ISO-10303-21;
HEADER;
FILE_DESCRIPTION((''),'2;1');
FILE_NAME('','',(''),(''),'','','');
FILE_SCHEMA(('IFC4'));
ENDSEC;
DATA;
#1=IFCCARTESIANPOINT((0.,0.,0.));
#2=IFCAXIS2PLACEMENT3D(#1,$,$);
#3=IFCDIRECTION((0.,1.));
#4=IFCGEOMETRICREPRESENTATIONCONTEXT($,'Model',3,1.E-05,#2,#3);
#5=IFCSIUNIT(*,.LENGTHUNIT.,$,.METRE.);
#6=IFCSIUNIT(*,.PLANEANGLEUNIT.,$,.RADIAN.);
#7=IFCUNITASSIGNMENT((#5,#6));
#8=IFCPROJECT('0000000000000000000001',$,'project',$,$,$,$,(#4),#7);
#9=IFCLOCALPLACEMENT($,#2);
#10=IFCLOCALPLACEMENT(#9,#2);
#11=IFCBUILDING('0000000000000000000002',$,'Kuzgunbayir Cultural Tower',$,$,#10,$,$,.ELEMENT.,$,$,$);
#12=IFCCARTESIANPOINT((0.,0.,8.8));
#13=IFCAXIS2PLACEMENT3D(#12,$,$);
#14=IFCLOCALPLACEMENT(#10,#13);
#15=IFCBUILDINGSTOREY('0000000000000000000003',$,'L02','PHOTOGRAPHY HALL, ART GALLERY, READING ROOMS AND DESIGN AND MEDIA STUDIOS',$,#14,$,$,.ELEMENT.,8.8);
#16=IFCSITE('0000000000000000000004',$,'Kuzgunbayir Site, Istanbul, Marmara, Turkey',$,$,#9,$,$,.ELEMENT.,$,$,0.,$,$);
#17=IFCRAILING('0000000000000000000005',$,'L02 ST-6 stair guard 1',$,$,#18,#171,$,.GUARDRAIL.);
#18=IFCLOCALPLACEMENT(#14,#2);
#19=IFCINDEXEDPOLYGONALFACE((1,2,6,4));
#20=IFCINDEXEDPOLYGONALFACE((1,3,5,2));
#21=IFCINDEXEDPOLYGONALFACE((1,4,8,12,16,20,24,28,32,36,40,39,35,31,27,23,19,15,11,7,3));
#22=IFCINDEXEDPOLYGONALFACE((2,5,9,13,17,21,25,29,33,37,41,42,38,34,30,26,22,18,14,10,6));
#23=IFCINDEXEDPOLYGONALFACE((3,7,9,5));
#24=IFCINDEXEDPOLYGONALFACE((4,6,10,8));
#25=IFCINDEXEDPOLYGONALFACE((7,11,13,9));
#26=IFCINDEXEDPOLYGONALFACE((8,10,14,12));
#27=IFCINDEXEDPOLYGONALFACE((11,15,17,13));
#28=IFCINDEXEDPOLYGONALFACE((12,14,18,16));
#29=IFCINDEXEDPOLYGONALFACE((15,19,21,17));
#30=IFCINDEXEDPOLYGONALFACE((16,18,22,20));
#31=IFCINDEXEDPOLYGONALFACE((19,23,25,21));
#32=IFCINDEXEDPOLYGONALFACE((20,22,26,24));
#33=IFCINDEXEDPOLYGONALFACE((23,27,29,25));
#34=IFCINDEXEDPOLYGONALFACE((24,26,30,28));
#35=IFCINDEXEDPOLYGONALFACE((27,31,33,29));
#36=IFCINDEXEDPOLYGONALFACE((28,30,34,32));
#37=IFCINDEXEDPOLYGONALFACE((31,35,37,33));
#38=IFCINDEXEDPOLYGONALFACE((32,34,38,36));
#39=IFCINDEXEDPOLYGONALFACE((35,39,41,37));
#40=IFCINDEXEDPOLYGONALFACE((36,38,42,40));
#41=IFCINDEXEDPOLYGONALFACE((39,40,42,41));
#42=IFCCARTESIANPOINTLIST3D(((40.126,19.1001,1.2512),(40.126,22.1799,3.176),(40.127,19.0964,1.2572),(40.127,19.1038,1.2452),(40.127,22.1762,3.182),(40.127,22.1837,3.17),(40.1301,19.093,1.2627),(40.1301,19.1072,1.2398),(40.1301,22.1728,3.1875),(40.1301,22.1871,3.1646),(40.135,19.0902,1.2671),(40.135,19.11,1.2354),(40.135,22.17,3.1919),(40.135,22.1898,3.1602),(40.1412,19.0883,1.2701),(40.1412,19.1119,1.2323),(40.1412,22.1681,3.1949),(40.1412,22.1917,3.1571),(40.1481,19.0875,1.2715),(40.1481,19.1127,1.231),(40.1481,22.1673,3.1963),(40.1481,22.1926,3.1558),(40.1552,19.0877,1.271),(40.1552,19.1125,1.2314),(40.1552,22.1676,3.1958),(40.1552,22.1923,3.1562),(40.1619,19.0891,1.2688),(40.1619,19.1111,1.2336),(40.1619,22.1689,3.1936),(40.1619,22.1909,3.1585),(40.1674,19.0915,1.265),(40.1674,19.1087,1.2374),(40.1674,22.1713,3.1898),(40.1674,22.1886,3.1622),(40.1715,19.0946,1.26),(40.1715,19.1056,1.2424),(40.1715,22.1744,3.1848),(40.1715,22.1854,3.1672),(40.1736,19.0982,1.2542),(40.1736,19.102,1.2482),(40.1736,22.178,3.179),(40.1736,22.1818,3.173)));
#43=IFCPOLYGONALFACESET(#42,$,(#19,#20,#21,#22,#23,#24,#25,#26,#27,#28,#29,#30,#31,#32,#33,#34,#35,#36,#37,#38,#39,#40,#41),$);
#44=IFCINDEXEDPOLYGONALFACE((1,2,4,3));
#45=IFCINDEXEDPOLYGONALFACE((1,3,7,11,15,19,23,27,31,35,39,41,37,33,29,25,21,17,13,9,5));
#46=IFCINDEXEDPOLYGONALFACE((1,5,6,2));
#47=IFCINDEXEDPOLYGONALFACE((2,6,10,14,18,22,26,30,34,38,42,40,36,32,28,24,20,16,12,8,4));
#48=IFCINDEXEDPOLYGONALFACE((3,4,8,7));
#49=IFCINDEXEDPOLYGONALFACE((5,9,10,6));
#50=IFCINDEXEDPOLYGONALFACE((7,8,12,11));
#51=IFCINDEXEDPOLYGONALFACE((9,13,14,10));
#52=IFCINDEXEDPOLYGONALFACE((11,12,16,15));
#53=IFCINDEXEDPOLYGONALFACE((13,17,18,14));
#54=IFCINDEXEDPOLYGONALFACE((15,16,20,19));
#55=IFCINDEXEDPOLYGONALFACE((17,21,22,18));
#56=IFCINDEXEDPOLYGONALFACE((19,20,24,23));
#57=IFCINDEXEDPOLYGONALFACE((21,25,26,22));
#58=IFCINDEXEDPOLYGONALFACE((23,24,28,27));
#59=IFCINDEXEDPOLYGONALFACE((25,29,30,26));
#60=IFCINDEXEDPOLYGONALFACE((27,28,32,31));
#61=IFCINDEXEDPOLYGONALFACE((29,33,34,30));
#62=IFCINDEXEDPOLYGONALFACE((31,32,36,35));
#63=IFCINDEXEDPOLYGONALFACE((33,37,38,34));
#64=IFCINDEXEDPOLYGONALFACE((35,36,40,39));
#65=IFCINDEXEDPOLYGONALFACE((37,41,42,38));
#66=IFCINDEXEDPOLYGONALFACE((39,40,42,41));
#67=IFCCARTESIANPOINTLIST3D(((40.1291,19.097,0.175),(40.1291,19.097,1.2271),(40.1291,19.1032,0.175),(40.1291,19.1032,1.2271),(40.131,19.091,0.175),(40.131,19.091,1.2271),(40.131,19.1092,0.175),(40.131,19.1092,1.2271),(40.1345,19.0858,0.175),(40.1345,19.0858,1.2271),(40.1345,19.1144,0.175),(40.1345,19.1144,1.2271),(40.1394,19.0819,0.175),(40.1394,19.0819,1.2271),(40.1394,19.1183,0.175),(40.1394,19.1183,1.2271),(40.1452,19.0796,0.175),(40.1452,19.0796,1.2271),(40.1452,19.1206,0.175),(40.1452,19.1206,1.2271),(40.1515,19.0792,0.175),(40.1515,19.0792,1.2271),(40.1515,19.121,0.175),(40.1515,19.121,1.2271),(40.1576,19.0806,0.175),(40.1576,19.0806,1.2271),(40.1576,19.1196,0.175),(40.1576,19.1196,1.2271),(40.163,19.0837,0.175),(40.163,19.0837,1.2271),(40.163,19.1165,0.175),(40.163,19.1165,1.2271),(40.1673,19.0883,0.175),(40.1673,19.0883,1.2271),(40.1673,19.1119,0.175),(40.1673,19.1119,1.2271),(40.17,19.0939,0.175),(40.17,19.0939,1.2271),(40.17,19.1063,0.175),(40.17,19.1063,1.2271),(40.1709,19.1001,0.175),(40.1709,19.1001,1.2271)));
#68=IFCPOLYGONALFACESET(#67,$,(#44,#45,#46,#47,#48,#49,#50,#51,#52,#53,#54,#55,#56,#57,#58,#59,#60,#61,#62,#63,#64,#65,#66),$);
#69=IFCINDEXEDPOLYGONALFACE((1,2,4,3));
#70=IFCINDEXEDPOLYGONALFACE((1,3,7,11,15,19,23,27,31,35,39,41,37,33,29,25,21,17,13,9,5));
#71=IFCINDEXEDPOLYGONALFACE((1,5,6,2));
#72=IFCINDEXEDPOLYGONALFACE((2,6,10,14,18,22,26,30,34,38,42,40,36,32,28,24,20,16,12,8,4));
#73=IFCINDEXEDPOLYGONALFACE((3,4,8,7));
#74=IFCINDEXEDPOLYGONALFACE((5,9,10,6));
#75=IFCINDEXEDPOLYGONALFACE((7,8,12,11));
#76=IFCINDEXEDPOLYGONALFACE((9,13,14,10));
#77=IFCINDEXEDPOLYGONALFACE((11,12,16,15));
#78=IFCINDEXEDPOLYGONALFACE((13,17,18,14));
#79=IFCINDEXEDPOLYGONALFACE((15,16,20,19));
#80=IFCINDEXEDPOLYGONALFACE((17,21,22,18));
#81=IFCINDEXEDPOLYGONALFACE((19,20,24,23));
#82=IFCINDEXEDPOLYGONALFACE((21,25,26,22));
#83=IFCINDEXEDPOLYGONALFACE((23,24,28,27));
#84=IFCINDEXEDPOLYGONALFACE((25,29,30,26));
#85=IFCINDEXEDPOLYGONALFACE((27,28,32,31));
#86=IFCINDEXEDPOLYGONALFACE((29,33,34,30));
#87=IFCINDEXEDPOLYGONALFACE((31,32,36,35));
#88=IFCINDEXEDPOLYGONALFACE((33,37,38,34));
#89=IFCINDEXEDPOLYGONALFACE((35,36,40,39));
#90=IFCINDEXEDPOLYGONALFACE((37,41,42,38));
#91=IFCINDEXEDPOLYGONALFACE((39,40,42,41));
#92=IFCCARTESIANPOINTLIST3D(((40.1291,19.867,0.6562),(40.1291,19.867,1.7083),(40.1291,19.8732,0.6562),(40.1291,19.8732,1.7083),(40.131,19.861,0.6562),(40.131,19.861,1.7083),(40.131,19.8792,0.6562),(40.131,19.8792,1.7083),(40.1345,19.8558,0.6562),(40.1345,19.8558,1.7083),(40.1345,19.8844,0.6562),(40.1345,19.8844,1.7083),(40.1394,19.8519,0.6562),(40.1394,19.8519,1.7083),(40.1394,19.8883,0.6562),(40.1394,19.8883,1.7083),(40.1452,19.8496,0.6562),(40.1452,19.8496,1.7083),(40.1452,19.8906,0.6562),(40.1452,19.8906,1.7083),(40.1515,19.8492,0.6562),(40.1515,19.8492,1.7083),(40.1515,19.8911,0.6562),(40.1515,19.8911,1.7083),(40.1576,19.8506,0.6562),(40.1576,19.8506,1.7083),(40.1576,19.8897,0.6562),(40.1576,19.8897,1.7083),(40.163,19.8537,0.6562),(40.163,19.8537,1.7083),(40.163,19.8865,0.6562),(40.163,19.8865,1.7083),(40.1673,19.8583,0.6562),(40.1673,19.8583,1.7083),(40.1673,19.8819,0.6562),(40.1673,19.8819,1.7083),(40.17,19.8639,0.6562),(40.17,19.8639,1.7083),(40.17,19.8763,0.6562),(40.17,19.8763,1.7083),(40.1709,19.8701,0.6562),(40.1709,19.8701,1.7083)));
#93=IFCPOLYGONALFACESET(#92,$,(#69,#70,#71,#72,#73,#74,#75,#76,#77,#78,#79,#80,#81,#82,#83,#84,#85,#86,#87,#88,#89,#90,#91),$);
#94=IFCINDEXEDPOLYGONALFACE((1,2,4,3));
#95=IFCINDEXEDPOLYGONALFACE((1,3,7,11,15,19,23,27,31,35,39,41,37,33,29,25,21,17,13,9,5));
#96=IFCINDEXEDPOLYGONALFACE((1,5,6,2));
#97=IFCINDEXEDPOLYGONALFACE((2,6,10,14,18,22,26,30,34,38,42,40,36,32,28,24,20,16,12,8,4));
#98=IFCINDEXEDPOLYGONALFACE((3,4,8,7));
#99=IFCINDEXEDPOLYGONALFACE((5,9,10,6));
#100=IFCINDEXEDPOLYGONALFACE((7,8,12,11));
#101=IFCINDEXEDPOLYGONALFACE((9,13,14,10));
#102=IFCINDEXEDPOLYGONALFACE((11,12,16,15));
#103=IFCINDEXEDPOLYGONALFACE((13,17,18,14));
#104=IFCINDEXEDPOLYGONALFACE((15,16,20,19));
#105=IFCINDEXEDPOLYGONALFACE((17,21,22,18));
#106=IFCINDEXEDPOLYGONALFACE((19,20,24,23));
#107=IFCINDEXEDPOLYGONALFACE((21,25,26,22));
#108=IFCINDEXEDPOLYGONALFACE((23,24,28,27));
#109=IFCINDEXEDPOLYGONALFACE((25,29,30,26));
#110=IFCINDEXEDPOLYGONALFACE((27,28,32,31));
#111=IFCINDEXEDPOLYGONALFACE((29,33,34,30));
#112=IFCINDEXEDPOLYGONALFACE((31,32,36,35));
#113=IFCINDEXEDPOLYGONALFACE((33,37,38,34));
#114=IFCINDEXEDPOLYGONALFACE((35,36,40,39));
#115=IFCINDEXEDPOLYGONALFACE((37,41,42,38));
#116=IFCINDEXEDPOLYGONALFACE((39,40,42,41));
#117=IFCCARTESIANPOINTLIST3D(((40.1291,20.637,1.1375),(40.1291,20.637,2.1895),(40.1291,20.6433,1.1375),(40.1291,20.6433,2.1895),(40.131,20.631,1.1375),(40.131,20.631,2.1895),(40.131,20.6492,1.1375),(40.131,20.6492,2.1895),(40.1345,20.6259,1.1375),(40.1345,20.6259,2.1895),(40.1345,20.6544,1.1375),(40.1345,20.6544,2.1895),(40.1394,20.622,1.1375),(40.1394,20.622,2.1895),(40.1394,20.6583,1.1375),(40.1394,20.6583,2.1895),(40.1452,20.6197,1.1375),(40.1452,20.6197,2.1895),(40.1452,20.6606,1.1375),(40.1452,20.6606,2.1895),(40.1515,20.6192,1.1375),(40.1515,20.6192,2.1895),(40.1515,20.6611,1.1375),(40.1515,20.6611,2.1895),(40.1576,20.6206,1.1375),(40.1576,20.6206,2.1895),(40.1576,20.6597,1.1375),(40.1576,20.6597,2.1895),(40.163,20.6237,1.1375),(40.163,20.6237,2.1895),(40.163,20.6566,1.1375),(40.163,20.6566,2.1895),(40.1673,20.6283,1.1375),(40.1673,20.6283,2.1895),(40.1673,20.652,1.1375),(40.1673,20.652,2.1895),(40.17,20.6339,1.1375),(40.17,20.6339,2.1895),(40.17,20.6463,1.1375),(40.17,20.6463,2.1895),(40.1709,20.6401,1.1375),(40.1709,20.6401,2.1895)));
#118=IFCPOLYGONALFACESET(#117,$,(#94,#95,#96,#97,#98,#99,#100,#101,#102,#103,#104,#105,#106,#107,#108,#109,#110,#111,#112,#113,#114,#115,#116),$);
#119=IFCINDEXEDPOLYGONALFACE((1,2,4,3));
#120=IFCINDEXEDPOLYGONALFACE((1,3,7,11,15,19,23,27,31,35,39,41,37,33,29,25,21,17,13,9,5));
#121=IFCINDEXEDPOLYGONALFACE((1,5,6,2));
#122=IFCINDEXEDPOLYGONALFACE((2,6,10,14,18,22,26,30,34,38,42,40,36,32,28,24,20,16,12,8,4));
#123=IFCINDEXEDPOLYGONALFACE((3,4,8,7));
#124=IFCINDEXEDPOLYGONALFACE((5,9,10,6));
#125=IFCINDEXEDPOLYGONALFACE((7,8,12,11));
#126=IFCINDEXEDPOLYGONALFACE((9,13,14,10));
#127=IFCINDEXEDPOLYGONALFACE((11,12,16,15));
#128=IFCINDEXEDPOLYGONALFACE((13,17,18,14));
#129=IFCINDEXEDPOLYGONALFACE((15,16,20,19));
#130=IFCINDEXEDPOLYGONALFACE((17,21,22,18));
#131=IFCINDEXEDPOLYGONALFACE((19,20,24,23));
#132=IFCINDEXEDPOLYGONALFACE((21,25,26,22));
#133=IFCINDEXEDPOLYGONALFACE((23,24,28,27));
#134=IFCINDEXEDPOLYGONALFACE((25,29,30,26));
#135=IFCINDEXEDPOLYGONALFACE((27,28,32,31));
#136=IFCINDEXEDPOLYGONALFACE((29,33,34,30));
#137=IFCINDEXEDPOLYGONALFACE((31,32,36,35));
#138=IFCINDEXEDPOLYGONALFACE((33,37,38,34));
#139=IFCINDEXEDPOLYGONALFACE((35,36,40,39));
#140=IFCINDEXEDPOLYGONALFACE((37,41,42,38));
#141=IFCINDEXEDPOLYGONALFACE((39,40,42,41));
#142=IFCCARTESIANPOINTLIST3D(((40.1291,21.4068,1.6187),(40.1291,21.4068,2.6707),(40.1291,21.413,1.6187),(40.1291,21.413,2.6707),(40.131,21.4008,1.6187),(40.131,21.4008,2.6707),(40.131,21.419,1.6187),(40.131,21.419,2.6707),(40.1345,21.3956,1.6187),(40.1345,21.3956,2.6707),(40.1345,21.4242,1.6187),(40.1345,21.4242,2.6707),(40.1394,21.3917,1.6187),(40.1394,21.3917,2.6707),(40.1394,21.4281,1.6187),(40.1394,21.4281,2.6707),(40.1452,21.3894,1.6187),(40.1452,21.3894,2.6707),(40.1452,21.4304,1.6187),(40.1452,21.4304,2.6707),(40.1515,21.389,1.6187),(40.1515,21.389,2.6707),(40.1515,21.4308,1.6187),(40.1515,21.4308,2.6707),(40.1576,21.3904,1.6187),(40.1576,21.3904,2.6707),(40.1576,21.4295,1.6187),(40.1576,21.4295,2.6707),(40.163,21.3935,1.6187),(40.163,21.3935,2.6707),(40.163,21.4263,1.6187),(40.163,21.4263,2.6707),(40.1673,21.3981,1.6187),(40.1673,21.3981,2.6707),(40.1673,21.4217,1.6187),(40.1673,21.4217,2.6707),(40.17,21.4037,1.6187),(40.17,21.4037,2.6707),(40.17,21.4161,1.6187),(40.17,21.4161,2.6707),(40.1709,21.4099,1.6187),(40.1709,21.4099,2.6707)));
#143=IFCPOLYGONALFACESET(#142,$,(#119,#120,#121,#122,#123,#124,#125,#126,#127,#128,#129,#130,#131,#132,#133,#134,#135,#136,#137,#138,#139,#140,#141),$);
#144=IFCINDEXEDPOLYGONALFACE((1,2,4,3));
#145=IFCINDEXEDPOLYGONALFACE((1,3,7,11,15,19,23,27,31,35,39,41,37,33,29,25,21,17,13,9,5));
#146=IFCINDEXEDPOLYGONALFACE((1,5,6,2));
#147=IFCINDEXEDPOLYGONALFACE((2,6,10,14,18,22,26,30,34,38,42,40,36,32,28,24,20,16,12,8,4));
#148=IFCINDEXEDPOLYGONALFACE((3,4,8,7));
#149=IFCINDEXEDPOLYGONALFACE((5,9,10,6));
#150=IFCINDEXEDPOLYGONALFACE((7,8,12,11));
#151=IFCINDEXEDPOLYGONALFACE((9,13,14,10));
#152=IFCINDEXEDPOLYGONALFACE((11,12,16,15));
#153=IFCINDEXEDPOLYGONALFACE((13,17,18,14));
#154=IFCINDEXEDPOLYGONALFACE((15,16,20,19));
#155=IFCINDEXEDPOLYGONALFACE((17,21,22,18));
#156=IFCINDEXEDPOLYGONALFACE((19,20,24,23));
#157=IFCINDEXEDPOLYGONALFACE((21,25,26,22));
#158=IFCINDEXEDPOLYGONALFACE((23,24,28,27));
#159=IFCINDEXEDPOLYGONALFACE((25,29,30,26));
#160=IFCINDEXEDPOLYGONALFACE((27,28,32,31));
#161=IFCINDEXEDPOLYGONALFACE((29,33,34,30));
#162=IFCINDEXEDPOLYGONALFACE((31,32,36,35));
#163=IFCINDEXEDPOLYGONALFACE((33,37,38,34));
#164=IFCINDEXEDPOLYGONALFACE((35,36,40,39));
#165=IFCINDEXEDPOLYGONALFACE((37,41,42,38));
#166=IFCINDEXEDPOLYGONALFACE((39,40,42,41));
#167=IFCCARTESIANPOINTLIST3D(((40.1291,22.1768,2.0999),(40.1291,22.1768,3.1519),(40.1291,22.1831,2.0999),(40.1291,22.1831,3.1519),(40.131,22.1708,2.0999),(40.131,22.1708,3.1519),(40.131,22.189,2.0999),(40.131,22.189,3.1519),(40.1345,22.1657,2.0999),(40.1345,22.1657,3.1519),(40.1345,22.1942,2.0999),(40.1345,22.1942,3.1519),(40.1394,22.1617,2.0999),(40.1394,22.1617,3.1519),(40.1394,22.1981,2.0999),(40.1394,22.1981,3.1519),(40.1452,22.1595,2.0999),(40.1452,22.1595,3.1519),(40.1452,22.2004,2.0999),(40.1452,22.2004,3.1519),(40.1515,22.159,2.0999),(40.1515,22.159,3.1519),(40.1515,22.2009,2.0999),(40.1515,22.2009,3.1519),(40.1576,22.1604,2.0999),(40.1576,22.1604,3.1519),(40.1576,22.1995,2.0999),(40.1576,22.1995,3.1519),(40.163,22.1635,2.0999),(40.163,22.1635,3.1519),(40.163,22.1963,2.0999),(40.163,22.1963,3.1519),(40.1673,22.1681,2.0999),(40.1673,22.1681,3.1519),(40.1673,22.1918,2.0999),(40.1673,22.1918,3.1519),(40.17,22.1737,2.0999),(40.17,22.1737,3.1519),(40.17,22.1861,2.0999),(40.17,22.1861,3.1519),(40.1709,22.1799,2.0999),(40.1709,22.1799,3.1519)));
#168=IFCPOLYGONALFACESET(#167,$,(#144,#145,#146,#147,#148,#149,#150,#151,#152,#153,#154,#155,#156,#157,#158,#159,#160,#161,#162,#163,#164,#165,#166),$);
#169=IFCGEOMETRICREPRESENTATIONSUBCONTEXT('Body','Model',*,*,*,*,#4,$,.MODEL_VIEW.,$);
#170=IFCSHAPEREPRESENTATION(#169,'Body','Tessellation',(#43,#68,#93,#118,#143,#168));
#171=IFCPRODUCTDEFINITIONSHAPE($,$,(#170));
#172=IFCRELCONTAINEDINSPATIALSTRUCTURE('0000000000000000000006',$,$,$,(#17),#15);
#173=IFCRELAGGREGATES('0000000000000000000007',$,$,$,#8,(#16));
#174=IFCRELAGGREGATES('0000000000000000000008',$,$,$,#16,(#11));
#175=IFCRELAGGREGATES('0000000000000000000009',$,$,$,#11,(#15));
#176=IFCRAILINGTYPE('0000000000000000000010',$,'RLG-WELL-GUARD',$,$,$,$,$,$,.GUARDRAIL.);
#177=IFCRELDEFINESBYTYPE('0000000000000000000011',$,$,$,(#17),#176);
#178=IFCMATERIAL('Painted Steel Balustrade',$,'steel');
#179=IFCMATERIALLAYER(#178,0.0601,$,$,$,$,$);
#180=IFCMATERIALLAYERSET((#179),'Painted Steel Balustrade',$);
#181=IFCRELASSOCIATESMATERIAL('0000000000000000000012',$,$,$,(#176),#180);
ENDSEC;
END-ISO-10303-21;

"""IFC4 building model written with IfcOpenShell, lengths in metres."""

from ifc_helpers import new_model, si_unit, direction, frame, origin, origin_2d, place, context, subcontext, project, spatial, circle, extrude, material, layer, layer_set, type_object, element, save


model = new_model("IFC4")

# Units and contexts
model_context = context("Model", 3, precision=1e-05, world=origin(), true_north=direction((0.0, 1.0)))
body_context = subcontext(model_context, "Body", "Model", "MODEL_VIEW")
ifc_project = project(units=[si_unit("LENGTHUNIT", "METRE"), si_unit("PLANEANGLEUNIT", "RADIAN")], contexts=[model_context])

# Site, building, storey
site_placement = place(None, origin())
site = spatial("IfcSite", under=ifc_project, at=site_placement, Name="Kuzgunbayir Site, Istanbul, Marmara, Turkey", CompositionType="ELEMENT", RefElevation=0.0)
building_placement = place(site_placement, origin())
building = spatial("IfcBuilding", under=site, at=building_placement, Name="Kuzgunbayir Cultural Tower", CompositionType="ELEMENT")
storey_placement = place(building_placement, frame((0.0, 0.0, 8.8)))
storey = spatial("IfcBuildingStorey", under=building, at=storey_placement, Name="L02", Description="PHOTOGRAPHY HALL, ART GALLERY, READING ROOMS AND DESIGN AND MEDIA STUDIOS", CompositionType="ELEMENT", Elevation=8.8)

# Railing
ifc_material_1 = material(Name="Painted Steel Balustrade", Category="steel")
ifc_layer_1 = layer(ifc_material_1, 0.0601)
ifc_layer_set_1 = layer_set([ifc_layer_1], Name="Painted Steel Balustrade")
railing_type_1 = type_object("IfcRailingType", Name="RLG-WELL-GUARD", PredefinedType="GUARDRAIL", material=ifc_layer_set_1)
railing_1_placement = place(storey_placement, frame((40.1499, 19.1001, 0.175)))
element("IfcRailing", 1, at=railing_1_placement, inside=storey, type_object=railing_type_1, Name="L02 ST-6 stair guard 1", PredefinedType="GUARDRAIL", context=body_context, shape_type="SweptSolid", body=[
    extrude(circle(Radius=0.0239, at=origin_2d()), frame((0.0, 0.0, 1.0762), z_axis=(0.0, 0.84801, 0.529981), x_axis=(-1.0, 0.0, 0.0)), (0.0, 0.0, 1.0), 3.6318),
    extrude(circle(Radius=0.021, at=origin_2d()), origin(), (0.0, 0.0, 1.0), 1.052),
    extrude(circle(Radius=0.021, at=origin_2d()), frame((0.0, 0.77, 0.4812)), (0.0, 0.0, 1.0), 1.052),
    extrude(circle(Radius=0.021, at=origin_2d()), frame((0.0, 1.54, 0.9624)), (0.0, 0.0, 1.0), 1.052),
    extrude(circle(Radius=0.021, at=origin_2d()), frame((0.0, 2.3098, 1.4436)), (0.0, 0.0, 1.0), 1.052),
    extrude(circle(Radius=0.021, at=origin_2d()), frame((0.0, 3.0798, 1.9248)), (0.0, 0.0, 1.0), 1.052),
])

save(model, "model.ifc")
